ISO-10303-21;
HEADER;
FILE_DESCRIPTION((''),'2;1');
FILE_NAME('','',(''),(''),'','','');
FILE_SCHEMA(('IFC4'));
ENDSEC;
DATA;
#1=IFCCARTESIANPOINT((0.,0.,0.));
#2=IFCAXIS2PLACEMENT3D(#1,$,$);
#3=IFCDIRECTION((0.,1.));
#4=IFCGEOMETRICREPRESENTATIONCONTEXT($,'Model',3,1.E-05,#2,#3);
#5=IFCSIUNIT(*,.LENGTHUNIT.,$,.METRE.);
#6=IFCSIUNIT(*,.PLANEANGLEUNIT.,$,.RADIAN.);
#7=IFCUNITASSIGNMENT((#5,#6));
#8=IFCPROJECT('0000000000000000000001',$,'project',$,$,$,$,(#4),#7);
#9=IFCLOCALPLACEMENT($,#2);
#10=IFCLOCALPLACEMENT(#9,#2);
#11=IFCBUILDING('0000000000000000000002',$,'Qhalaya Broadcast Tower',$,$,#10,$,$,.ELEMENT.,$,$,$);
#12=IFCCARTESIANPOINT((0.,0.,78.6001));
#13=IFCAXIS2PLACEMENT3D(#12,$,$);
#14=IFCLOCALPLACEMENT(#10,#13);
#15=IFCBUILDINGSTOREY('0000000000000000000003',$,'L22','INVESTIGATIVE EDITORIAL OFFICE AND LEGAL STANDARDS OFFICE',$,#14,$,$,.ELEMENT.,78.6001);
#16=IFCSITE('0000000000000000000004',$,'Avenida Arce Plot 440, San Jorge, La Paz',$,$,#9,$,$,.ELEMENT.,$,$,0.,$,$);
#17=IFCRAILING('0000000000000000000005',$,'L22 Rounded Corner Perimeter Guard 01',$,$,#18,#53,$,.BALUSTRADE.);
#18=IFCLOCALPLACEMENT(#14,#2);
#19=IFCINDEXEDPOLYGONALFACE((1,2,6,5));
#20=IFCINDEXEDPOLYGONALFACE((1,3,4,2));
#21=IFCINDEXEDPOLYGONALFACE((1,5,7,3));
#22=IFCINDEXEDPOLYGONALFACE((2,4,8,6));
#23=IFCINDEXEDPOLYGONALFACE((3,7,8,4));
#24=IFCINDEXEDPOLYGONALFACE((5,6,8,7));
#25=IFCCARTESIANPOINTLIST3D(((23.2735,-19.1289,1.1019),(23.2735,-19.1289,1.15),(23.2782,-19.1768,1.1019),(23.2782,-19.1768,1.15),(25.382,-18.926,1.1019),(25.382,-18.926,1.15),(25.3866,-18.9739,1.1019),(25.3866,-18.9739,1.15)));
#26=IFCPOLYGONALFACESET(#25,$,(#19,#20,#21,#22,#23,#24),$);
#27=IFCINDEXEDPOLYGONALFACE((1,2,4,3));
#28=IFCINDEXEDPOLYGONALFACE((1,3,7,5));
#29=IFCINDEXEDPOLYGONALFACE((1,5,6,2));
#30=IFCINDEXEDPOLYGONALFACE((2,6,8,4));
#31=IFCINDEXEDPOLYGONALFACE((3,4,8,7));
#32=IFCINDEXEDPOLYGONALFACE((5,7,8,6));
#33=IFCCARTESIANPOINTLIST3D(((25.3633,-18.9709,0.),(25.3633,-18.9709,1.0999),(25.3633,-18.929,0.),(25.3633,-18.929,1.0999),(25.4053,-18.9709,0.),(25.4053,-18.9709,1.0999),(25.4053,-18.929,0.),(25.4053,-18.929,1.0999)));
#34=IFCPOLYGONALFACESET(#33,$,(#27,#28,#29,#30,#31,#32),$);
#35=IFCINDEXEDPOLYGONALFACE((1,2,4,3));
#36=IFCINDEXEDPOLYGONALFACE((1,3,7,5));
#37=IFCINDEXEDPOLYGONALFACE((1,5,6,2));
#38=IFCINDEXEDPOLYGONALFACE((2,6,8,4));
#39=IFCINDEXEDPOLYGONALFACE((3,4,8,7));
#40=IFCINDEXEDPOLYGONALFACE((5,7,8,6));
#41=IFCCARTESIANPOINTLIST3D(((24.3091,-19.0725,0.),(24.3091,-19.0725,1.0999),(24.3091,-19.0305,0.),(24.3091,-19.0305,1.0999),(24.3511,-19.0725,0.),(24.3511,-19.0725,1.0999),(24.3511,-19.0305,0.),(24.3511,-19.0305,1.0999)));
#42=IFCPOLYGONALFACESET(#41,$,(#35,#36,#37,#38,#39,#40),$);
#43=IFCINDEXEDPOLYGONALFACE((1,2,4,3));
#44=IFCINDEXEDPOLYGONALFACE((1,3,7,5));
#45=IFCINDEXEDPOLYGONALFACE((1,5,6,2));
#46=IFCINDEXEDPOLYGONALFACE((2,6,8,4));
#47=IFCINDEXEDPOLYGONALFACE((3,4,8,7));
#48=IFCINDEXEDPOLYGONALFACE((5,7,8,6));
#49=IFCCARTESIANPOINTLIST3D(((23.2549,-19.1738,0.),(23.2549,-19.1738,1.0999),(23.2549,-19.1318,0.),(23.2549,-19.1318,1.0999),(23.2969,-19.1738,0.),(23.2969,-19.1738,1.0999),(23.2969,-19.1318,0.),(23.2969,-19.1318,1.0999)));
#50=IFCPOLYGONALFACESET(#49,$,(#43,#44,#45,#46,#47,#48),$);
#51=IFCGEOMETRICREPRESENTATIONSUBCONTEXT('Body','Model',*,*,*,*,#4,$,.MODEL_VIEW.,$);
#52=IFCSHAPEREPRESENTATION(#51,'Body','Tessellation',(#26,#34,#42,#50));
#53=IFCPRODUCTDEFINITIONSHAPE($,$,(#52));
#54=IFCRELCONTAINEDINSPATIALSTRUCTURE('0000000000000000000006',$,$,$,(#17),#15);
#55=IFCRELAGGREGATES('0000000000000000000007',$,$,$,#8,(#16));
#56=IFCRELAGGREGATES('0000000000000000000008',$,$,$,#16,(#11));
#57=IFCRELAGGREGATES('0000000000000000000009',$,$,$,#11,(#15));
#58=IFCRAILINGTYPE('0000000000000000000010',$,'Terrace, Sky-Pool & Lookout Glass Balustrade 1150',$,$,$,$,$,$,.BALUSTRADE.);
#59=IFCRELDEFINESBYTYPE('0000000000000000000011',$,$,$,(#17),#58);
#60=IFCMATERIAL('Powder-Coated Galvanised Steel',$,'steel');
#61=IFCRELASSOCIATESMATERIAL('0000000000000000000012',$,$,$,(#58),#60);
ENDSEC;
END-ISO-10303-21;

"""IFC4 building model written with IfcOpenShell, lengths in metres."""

from ifc_helpers import new_model, si_unit, direction, frame, origin, origin_2d, place, context, subcontext, project, spatial, rectangle, extrude, material, type_object, element, save


model = new_model("IFC4")

# Units and contexts
model_context = context("Model", 3, precision=1e-05, world=origin(), true_north=direction((0.0, 1.0)))
body_context = subcontext(model_context, "Body", "Model", "MODEL_VIEW")
ifc_project = project(units=[si_unit("LENGTHUNIT", "METRE"), si_unit("PLANEANGLEUNIT", "RADIAN")], contexts=[model_context])

# Site, building, storey
site_placement = place(None, origin())
site = spatial("IfcSite", under=ifc_project, at=site_placement, Name="Avenida Arce Plot 440, San Jorge, La Paz", CompositionType="ELEMENT", RefElevation=0.0)
building_placement = place(site_placement, origin())
building = spatial("IfcBuilding", under=site, at=building_placement, Name="Qhalaya Broadcast Tower", CompositionType="ELEMENT")
storey_placement = place(building_placement, frame((0.0, 0.0, 78.6001)))
storey = spatial("IfcBuildingStorey", under=building, at=storey_placement, Name="L22", Description="INVESTIGATIVE EDITORIAL OFFICE AND LEGAL STANDARDS OFFICE", CompositionType="ELEMENT", Elevation=78.6001)

# Railing
ifc_material_1 = material(Name="Powder-Coated Galvanised Steel", Category="steel")
railing_type = type_object("IfcRailingType", Name="Terrace, Sky-Pool & Lookout Glass Balustrade 1150", PredefinedType="BALUSTRADE", material=ifc_material_1)
railing_placement = place(storey_placement, frame((25.3843, -18.95, 0.0)))
element("IfcRailing", 1, at=railing_placement, inside=storey, type_object=railing_type, Name="L22 Rounded Corner Perimeter Guard 01", PredefinedType="BALUSTRADE", context=body_context, shape_type="SweptSolid", body=[
    extrude(rectangle(XDim=0.0481, YDim=0.0481, at=origin_2d()), frame((0.0, 0.0, 1.126), z_axis=(-0.995402, -0.095783, 0.0), x_axis=(0.095783, -0.995402, 0.0)), (0.0, 0.0, 1.0), 2.1182),
    extrude(rectangle(XDim=0.042, YDim=0.042, at=origin_2d()), origin(), (0.0, 0.0, 1.0), 1.0999),
    extrude(rectangle(XDim=0.042, YDim=0.042, at=origin_2d()), frame((-1.0542, -0.1016, 0.0)), (0.0, 0.0, 1.0), 1.0999),
    extrude(rectangle(XDim=0.042, YDim=0.042, at=origin_2d()), frame((-2.1084, -0.2029, 0.0)), (0.0, 0.0, 1.0), 1.0999),
])

save(model, "model.ifc")
